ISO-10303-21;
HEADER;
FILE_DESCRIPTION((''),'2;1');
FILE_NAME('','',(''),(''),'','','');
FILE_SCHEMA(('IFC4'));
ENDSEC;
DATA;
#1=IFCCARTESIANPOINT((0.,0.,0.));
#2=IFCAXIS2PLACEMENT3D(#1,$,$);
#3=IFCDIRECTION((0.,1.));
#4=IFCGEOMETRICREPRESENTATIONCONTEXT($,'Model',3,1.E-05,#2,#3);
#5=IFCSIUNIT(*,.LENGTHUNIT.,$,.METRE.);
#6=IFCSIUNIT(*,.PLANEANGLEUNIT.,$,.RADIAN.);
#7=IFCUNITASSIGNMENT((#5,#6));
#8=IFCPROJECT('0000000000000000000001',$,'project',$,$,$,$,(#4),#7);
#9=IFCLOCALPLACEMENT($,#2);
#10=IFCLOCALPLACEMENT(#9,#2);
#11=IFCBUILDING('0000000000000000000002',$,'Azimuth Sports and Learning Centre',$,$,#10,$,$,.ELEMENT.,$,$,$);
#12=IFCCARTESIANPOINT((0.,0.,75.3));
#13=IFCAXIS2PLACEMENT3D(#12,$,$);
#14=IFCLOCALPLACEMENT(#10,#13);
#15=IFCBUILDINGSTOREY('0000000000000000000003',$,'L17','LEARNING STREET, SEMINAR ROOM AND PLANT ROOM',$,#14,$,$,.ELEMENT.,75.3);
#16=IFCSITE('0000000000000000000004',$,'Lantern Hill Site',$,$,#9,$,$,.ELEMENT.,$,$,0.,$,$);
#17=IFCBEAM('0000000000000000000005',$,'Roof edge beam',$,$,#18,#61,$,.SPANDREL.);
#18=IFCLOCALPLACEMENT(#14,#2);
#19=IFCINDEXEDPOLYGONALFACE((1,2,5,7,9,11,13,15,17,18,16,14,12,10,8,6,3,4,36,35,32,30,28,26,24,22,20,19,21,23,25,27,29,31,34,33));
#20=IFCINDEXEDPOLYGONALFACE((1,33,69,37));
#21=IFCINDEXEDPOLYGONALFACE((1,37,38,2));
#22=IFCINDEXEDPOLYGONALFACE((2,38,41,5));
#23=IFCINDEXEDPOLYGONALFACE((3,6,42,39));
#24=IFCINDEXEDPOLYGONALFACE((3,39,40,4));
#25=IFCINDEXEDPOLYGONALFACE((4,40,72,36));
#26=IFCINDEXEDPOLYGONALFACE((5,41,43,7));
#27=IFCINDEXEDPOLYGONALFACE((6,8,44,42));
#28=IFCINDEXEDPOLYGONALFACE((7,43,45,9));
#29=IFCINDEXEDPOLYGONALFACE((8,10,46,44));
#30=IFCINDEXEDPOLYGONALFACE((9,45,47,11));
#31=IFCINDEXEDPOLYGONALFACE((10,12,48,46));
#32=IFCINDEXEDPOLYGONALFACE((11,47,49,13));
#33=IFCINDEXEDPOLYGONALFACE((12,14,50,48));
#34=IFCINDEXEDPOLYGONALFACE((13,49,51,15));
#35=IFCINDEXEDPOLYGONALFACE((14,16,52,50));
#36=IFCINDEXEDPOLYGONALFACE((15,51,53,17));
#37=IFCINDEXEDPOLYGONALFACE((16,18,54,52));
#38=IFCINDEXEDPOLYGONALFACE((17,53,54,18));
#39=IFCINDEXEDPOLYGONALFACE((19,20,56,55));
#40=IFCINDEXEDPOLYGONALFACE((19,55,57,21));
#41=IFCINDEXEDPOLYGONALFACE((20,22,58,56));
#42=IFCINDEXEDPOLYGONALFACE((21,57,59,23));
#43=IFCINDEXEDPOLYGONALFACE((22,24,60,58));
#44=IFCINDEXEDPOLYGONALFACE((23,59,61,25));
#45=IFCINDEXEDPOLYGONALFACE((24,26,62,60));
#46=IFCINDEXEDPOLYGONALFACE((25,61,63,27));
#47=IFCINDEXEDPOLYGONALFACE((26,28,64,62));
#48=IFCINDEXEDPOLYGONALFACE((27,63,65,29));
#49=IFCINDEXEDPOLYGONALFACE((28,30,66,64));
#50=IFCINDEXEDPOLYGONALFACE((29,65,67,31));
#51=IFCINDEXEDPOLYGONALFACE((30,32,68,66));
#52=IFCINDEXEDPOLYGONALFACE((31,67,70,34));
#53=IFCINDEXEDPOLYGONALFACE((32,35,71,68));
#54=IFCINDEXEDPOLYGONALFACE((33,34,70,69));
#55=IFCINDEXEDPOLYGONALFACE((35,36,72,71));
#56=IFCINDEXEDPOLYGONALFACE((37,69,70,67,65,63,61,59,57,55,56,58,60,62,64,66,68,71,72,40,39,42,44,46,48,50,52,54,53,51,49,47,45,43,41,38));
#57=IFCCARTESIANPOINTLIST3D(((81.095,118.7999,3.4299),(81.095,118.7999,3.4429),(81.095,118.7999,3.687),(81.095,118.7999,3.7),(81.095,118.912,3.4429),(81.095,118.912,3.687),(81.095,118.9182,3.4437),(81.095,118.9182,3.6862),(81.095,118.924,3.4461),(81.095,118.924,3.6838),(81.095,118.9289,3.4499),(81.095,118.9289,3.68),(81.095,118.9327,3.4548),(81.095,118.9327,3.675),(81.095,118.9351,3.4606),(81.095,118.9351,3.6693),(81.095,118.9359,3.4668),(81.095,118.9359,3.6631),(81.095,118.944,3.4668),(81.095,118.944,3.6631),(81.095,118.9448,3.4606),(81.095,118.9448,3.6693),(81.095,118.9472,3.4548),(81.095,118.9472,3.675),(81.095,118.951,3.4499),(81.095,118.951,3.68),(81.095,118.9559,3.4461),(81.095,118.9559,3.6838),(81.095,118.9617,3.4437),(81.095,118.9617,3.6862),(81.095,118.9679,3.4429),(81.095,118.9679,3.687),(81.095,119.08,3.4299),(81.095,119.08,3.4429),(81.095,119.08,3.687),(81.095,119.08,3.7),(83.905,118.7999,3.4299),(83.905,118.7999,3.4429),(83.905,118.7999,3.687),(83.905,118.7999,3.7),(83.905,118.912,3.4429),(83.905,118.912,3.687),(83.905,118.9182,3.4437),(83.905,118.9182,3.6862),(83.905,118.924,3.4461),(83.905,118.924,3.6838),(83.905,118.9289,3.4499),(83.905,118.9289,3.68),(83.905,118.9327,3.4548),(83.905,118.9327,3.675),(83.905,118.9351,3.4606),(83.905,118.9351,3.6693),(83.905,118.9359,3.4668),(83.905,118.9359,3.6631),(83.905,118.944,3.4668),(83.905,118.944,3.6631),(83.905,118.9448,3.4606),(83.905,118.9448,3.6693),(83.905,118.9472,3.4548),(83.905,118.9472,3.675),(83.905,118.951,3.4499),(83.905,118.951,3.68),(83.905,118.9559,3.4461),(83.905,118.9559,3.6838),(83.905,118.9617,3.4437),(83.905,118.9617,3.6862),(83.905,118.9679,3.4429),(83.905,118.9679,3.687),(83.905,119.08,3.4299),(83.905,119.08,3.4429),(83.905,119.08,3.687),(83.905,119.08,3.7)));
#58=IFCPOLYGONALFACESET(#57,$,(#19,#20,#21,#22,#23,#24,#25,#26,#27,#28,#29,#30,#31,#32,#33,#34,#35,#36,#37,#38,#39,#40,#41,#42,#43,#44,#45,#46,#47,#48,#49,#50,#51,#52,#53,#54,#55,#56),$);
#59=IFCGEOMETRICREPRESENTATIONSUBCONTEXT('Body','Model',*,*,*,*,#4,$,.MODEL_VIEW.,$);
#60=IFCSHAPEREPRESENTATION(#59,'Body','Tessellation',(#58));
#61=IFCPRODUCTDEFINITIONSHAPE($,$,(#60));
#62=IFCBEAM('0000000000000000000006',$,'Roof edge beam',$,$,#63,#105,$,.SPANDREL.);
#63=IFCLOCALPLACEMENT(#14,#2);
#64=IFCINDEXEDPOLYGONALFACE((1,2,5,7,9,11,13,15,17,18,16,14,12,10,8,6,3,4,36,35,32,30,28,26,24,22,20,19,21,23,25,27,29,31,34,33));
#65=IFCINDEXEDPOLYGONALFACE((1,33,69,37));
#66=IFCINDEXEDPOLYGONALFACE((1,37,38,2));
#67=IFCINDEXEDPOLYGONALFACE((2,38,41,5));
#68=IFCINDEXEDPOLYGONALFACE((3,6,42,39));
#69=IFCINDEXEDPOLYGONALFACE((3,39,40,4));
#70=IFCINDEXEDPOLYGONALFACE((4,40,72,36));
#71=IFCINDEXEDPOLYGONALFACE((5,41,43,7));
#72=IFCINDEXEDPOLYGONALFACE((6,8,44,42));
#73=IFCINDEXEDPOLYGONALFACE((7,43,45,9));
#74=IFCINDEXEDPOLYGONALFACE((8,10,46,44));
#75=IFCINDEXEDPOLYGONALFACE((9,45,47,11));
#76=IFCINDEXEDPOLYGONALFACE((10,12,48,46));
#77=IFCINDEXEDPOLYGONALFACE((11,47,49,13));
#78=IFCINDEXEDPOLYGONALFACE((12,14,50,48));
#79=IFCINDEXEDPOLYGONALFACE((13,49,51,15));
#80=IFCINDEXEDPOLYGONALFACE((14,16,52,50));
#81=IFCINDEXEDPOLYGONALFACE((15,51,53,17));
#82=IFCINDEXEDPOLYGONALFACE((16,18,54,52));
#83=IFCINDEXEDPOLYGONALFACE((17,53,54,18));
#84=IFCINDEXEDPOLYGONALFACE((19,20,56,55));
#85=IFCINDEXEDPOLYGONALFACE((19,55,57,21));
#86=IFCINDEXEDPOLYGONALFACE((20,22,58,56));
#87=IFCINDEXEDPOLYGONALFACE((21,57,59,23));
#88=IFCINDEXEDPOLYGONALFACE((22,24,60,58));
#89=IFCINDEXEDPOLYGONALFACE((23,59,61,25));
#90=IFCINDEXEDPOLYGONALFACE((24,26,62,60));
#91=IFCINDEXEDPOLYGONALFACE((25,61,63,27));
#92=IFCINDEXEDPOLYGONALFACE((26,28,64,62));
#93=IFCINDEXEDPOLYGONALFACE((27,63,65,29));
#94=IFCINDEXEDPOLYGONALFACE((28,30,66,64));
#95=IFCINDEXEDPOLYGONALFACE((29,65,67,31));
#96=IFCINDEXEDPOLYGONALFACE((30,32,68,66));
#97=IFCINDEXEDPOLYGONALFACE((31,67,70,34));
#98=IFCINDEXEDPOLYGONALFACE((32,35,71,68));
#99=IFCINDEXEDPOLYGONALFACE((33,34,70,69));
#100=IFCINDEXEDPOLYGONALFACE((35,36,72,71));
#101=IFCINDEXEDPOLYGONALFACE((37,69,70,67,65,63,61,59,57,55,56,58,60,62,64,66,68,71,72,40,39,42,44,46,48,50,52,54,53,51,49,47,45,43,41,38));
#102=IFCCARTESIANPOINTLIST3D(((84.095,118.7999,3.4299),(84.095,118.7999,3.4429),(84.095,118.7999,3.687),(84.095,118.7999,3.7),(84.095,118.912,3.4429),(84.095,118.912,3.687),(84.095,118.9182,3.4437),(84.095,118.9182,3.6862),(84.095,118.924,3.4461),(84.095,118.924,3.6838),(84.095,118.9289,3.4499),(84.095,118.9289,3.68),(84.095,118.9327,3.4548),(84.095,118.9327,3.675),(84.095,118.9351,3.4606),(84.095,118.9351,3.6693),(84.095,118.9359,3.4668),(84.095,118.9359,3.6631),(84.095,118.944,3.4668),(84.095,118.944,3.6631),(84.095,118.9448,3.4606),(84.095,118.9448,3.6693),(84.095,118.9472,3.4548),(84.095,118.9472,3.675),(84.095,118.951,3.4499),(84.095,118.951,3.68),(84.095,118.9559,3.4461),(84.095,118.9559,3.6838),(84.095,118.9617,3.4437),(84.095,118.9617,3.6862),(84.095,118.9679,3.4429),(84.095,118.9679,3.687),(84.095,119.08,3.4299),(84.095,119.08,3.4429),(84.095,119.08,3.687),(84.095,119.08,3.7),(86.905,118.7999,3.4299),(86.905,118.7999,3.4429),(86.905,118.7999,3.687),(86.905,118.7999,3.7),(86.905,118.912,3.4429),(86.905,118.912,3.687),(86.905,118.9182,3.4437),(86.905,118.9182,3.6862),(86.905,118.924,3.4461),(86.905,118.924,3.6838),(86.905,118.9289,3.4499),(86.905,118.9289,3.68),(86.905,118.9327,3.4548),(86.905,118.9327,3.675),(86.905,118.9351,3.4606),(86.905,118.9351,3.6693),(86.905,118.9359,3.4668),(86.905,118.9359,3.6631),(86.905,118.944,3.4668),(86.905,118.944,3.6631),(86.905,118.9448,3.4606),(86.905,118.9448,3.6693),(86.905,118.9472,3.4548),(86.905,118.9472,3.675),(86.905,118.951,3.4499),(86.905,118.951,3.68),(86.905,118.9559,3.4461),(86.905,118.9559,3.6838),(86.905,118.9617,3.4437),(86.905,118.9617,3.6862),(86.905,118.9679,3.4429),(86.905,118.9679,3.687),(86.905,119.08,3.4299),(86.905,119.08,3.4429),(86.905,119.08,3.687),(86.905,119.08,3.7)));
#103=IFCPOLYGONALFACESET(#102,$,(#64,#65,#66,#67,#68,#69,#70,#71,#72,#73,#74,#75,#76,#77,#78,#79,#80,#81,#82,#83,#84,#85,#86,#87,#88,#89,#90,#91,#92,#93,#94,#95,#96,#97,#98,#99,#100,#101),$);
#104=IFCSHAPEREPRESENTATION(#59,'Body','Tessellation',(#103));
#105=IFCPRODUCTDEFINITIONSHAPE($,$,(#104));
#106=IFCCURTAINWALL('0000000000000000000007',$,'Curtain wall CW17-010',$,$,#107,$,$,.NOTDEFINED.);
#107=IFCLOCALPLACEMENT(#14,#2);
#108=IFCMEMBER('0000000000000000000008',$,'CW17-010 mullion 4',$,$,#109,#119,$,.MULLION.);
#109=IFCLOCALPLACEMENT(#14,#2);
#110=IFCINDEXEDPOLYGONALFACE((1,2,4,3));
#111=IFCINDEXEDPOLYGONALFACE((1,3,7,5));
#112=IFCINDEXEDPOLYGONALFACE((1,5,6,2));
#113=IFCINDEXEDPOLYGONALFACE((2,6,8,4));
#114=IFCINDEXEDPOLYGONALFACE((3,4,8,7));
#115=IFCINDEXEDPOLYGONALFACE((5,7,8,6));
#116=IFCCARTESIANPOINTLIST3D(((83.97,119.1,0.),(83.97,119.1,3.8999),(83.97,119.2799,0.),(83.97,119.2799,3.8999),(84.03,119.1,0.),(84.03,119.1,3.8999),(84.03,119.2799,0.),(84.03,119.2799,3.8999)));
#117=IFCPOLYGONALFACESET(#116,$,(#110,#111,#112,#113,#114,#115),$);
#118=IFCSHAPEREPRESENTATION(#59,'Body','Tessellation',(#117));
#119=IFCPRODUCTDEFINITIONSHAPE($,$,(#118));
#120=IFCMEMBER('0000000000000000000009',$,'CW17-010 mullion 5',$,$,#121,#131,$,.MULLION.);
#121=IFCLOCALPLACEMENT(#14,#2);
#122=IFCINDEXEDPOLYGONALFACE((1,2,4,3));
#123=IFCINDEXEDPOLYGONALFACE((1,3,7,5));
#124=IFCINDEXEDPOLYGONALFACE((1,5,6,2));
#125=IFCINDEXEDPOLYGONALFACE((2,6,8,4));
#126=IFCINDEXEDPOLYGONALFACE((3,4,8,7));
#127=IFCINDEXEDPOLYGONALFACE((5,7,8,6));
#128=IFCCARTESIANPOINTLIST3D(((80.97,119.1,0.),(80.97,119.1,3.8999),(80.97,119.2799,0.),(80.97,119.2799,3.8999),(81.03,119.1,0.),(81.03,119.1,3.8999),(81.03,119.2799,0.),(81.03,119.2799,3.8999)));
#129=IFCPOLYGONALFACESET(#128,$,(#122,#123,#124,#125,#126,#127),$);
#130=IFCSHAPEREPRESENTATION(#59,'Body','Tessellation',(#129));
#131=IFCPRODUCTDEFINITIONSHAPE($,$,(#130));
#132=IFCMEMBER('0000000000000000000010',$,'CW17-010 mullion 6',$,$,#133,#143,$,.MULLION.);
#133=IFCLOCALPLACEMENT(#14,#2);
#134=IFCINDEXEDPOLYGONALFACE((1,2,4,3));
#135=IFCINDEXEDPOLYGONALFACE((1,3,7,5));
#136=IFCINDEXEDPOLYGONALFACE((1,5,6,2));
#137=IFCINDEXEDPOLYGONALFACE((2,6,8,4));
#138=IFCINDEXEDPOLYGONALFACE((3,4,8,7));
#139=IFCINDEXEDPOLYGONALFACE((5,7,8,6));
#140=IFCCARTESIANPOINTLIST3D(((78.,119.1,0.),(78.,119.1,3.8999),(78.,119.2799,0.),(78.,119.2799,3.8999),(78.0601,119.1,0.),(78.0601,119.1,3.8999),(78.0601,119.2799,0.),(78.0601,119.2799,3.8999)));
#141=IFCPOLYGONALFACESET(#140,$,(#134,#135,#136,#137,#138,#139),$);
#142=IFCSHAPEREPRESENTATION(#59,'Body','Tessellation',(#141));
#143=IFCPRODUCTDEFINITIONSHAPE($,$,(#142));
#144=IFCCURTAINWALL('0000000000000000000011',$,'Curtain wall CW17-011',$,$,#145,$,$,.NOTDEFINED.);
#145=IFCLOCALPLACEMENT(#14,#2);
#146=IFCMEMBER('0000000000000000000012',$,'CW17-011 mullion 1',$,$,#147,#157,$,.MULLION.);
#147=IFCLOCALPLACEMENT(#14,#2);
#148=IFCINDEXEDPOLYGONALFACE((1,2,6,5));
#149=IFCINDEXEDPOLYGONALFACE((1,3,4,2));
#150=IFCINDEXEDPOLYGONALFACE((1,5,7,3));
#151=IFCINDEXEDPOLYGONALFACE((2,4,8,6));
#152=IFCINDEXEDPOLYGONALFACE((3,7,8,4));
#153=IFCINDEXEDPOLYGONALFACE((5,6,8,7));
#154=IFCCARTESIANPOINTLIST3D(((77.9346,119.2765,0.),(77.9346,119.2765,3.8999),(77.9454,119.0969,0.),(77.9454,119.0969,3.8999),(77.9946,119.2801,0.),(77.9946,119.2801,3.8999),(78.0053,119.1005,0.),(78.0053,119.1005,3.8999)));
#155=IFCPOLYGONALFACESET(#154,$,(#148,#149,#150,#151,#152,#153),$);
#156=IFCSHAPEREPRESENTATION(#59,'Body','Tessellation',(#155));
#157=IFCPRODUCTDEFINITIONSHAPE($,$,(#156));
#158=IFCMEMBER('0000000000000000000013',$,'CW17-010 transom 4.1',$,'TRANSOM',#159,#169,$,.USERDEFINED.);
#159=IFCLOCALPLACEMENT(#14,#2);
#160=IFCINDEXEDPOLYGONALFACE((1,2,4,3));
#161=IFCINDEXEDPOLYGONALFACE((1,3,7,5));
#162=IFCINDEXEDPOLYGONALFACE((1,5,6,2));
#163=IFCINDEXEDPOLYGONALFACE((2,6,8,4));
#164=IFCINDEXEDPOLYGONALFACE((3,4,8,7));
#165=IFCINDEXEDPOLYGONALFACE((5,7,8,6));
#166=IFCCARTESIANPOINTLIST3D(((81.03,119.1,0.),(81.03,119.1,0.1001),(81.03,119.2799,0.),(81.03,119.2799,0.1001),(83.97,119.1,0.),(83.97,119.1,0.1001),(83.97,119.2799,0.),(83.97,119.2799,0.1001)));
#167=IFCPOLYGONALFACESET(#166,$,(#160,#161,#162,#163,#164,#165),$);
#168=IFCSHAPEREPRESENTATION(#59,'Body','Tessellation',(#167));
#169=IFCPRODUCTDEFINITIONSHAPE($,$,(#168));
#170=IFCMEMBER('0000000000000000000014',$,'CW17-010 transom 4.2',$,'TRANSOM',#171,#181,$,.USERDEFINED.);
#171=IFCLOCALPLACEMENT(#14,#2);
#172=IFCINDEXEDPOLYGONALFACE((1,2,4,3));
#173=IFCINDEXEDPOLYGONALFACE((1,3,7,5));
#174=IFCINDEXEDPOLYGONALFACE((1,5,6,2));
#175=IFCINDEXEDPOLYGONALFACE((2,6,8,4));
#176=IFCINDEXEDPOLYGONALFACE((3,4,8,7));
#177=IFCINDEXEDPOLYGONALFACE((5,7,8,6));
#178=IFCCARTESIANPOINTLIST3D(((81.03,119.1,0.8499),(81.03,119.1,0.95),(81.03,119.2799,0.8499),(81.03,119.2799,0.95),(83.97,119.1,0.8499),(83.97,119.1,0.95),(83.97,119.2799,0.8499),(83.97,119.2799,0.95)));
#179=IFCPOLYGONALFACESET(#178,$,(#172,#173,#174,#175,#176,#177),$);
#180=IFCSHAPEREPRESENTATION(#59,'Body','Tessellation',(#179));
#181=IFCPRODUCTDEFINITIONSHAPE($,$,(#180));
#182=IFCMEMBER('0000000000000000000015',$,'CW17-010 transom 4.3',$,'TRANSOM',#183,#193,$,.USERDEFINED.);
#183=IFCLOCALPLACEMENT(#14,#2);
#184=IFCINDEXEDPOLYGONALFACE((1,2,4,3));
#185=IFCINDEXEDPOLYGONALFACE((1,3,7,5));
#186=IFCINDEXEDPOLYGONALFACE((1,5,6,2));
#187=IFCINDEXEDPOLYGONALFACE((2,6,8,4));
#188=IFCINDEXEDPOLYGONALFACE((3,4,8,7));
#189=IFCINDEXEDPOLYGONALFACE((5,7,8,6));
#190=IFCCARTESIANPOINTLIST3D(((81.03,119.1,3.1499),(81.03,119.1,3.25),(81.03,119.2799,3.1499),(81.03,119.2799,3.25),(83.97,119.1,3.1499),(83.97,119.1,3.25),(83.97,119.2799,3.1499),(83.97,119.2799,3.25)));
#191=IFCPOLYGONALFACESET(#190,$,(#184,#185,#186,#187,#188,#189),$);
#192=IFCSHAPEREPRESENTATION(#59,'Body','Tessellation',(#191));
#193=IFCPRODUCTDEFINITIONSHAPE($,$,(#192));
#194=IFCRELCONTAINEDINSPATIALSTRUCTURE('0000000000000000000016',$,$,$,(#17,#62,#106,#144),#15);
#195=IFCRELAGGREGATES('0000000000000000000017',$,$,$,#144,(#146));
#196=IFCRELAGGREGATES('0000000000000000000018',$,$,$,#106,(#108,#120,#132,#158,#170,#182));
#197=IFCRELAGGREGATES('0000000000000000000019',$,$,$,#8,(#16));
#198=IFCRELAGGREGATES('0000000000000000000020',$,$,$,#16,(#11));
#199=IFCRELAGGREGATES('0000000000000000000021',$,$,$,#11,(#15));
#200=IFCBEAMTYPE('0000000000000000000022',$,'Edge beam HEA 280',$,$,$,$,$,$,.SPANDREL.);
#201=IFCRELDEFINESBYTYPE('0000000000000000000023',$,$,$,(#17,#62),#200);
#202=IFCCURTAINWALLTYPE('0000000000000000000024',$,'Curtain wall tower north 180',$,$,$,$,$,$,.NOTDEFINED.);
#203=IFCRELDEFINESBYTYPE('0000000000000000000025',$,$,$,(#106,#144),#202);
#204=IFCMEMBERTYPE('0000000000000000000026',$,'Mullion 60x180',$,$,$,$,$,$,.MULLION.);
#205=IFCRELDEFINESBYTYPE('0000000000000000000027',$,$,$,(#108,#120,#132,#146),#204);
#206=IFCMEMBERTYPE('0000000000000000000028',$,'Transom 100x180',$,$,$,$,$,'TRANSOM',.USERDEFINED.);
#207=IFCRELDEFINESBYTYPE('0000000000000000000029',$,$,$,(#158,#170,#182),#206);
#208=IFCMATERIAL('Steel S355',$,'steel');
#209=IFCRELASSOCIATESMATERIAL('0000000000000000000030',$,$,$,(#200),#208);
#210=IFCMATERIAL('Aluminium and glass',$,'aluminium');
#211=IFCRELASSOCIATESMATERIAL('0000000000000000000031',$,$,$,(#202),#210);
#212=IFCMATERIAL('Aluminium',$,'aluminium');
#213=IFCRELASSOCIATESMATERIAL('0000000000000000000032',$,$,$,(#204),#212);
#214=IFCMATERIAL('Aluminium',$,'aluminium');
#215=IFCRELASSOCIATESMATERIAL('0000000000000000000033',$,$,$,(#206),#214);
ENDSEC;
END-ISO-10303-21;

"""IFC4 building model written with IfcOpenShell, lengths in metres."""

from ifc_helpers import new_model, si_unit, direction, frame, origin, origin_2d, place, context, subcontext, project, spatial, rectangle, i_section, extrude, material, material_profile, profile_set, type_object, element, aggregate, save


model = new_model("IFC4")

# Units and contexts
model_context = context("Model", 3, precision=1e-05, world=origin(), true_north=direction((0.0, 1.0)))
body_context = subcontext(model_context, "Body", "Model", "MODEL_VIEW")
ifc_project = project(units=[si_unit("LENGTHUNIT", "METRE"), si_unit("PLANEANGLEUNIT", "RADIAN")], contexts=[model_context])

# Site, building, storey
site_placement = place(None, origin())
site = spatial("IfcSite", under=ifc_project, at=site_placement, Name="Lantern Hill Site", CompositionType="ELEMENT", RefElevation=0.0)
building_placement = place(site_placement, origin())
building = spatial("IfcBuilding", under=site, at=building_placement, Name="Azimuth Sports and Learning Centre", CompositionType="ELEMENT")
storey_placement = place(building_placement, frame((0.0, 0.0, 75.3)))
storey = spatial("IfcBuildingStorey", under=building, at=storey_placement, Name="L17", Description="LEARNING STREET, SEMINAR ROOM AND PLANT ROOM", CompositionType="ELEMENT", Elevation=75.3)

# Beams
ifc_material_1 = material(Name="Steel S355", Category="steel")
ifc_material_profile_1 = material_profile(ifc_material_1, i_section(OverallWidth=0.28, OverallDepth=0.27, WebThickness=0.0081, FlangeThickness=0.0129, FilletRadius=0.0239, at=origin_2d()), Name="HEA 280")
ifc_profile_set_1 = profile_set([ifc_material_profile_1], Name="Steel S355")
beam_type_1 = type_object("IfcBeamType", Name="Edge beam HEA 280", PredefinedType="SPANDREL", material=ifc_profile_set_1)
for number, where, z_axis, x_axis, name in (
    (1, (81.095, 118.9399, 3.5649), (1.0, 0.0, 0.0), (0.0, 1.0, 0.0), "Roof edge beam"),
    (2, (84.095, 118.9399, 3.5649), (1.0, 0.0, 0.0), (0.0, 1.0, 0.0), "Roof edge beam"),
):
    element("IfcBeam", number, at=place(storey_placement, frame(where, z_axis=z_axis, x_axis=x_axis)), inside=storey, type_object=beam_type_1, Name=name, PredefinedType="SPANDREL", context=body_context, shape_type="SweptSolid", body=[
        extrude(i_section(OverallWidth=0.28, OverallDepth=0.27, WebThickness=0.0081, FlangeThickness=0.0129, FilletRadius=0.0239, at=origin_2d()), origin(), (0.0, 0.0, 1.0), 2.8101),
    ])

# Curtain wall, members
ifc_material_2 = material(Name="Aluminium and glass", Category="aluminium")
curtain_wall_type = type_object("IfcCurtainWallType", Name="Curtain wall tower north 180", PredefinedType="NOTDEFINED", material=ifc_material_2)
curtain_wall_1_placement = place(storey_placement, origin())
curtain_wall_1 = element("IfcCurtainWall", 3, at=curtain_wall_1_placement, inside=storey, type_object=curtain_wall_type, Name="Curtain wall CW17-010", PredefinedType="NOTDEFINED")
ifc_material_3 = material(Name="Aluminium", Category="aluminium")
ifc_material_profile_2 = material_profile(ifc_material_3, rectangle(XDim=0.1799, YDim=0.0601, at=origin_2d()), Name="Mullion 60x180")
ifc_profile_set_2 = profile_set([ifc_material_profile_2], Name="Aluminium")
member_type_1 = type_object("IfcMemberType", Name="Mullion 60x180", PredefinedType="MULLION", material=ifc_profile_set_2)
member_1_placement = place(storey_placement, frame((84.0, 119.1899, 0.0), z_axis=(0.0, 0.0, 1.0), x_axis=(0.0, -1.0, 0.0)))
member_1 = element("IfcMember", 4, at=member_1_placement, type_object=member_type_1, Name="CW17-010 mullion 4", PredefinedType="MULLION", context=body_context, shape_type="SweptSolid", body=[
    extrude(rectangle(XDim=0.1799, YDim=0.0601, at=origin_2d()), origin(), (0.0, 0.0, 1.0), 3.8999),
])
member_2_placement = place(storey_placement, frame((81.0, 119.1899, 0.0), z_axis=(0.0, 0.0, 1.0), x_axis=(0.0, -1.0, 0.0)))
member_2 = element("IfcMember", 5, at=member_2_placement, type_object=member_type_1, Name="CW17-010 mullion 5", PredefinedType="MULLION", context=body_context, shape_type="SweptSolid", body=[
    extrude(rectangle(XDim=0.1799, YDim=0.0601, at=origin_2d()), origin(), (0.0, 0.0, 1.0), 3.8999),
])
member_3_placement = place(storey_placement, frame((78.03, 119.1899, 0.0), z_axis=(0.0, 0.0, 1.0), x_axis=(0.0, -1.0, 0.0)))
member_3 = element("IfcMember", 6, at=member_3_placement, type_object=member_type_1, Name="CW17-010 mullion 6", PredefinedType="MULLION", context=body_context, shape_type="SweptSolid", body=[
    extrude(rectangle(XDim=0.1799, YDim=0.0601, at=origin_2d()), origin(), (0.0, 0.0, 1.0), 3.8999),
])

# Curtain wall, member
curtain_wall_2_placement = place(storey_placement, origin())
curtain_wall_2 = element("IfcCurtainWall", 7, at=curtain_wall_2_placement, inside=storey, type_object=curtain_wall_type, Name="Curtain wall CW17-011", PredefinedType="NOTDEFINED")
member_4_placement = place(storey_placement, frame((77.97, 119.1885, 0.0), z_axis=(0.0, 0.0, 1.0), x_axis=(0.059892, -0.998205, 0.0)))
member_4 = element("IfcMember", 8, at=member_4_placement, type_object=member_type_1, Name="CW17-011 mullion 1", PredefinedType="MULLION", context=body_context, shape_type="SweptSolid", body=[
    extrude(rectangle(XDim=0.1799, YDim=0.0601, at=origin_2d()), origin(), (0.0, 0.0, 1.0), 3.8999),
])

# Members
ifc_material_4 = material(Name="Aluminium", Category="aluminium")
ifc_material_profile_3 = material_profile(ifc_material_4, rectangle(XDim=0.1799, YDim=0.1001, at=origin_2d()), Name="Transom 100x180")
ifc_profile_set_3 = profile_set([ifc_material_profile_3], Name="Aluminium")
member_type_2 = type_object("IfcMemberType", Name="Transom 100x180", ElementType="TRANSOM", PredefinedType="USERDEFINED", material=ifc_profile_set_3)
member_5_placement = place(storey_placement, frame((83.97, 119.1899, 0.05), z_axis=(-1.0, 0.0, 0.0), x_axis=(0.0, -1.0, 0.0)))
member_5 = element("IfcMember", 9, at=member_5_placement, type_object=member_type_2, Name="CW17-010 transom 4.1", ObjectType="TRANSOM", PredefinedType="USERDEFINED", context=body_context, shape_type="SweptSolid", body=[
    extrude(rectangle(XDim=0.1799, YDim=0.1001, at=origin_2d()), origin(), (0.0, 0.0, 1.0), 2.9399),
])
member_6_placement = place(storey_placement, frame((83.97, 119.1899, 0.8999), z_axis=(-1.0, 0.0, 0.0), x_axis=(0.0, -1.0, 0.0)))
member_6 = element("IfcMember", 10, at=member_6_placement, type_object=member_type_2, Name="CW17-010 transom 4.2", ObjectType="TRANSOM", PredefinedType="USERDEFINED", context=body_context, shape_type="SweptSolid", body=[
    extrude(rectangle(XDim=0.1799, YDim=0.1001, at=origin_2d()), origin(), (0.0, 0.0, 1.0), 2.9399),
])
member_7_placement = place(storey_placement, frame((83.97, 119.1899, 3.2), z_axis=(-1.0, 0.0, 0.0), x_axis=(0.0, -1.0, 0.0)))
member_7 = element("IfcMember", 11, at=member_7_placement, type_object=member_type_2, Name="CW17-010 transom 4.3", ObjectType="TRANSOM", PredefinedType="USERDEFINED", context=body_context, shape_type="SweptSolid", body=[
    extrude(rectangle(XDim=0.1799, YDim=0.1001, at=origin_2d()), origin(), (0.0, 0.0, 1.0), 2.9399),
])
aggregate(curtain_wall_2, [member_4])

aggregate(curtain_wall_1, [member_1, member_2, member_3, member_5, member_6, member_7])

save(model, "model.ifc")
